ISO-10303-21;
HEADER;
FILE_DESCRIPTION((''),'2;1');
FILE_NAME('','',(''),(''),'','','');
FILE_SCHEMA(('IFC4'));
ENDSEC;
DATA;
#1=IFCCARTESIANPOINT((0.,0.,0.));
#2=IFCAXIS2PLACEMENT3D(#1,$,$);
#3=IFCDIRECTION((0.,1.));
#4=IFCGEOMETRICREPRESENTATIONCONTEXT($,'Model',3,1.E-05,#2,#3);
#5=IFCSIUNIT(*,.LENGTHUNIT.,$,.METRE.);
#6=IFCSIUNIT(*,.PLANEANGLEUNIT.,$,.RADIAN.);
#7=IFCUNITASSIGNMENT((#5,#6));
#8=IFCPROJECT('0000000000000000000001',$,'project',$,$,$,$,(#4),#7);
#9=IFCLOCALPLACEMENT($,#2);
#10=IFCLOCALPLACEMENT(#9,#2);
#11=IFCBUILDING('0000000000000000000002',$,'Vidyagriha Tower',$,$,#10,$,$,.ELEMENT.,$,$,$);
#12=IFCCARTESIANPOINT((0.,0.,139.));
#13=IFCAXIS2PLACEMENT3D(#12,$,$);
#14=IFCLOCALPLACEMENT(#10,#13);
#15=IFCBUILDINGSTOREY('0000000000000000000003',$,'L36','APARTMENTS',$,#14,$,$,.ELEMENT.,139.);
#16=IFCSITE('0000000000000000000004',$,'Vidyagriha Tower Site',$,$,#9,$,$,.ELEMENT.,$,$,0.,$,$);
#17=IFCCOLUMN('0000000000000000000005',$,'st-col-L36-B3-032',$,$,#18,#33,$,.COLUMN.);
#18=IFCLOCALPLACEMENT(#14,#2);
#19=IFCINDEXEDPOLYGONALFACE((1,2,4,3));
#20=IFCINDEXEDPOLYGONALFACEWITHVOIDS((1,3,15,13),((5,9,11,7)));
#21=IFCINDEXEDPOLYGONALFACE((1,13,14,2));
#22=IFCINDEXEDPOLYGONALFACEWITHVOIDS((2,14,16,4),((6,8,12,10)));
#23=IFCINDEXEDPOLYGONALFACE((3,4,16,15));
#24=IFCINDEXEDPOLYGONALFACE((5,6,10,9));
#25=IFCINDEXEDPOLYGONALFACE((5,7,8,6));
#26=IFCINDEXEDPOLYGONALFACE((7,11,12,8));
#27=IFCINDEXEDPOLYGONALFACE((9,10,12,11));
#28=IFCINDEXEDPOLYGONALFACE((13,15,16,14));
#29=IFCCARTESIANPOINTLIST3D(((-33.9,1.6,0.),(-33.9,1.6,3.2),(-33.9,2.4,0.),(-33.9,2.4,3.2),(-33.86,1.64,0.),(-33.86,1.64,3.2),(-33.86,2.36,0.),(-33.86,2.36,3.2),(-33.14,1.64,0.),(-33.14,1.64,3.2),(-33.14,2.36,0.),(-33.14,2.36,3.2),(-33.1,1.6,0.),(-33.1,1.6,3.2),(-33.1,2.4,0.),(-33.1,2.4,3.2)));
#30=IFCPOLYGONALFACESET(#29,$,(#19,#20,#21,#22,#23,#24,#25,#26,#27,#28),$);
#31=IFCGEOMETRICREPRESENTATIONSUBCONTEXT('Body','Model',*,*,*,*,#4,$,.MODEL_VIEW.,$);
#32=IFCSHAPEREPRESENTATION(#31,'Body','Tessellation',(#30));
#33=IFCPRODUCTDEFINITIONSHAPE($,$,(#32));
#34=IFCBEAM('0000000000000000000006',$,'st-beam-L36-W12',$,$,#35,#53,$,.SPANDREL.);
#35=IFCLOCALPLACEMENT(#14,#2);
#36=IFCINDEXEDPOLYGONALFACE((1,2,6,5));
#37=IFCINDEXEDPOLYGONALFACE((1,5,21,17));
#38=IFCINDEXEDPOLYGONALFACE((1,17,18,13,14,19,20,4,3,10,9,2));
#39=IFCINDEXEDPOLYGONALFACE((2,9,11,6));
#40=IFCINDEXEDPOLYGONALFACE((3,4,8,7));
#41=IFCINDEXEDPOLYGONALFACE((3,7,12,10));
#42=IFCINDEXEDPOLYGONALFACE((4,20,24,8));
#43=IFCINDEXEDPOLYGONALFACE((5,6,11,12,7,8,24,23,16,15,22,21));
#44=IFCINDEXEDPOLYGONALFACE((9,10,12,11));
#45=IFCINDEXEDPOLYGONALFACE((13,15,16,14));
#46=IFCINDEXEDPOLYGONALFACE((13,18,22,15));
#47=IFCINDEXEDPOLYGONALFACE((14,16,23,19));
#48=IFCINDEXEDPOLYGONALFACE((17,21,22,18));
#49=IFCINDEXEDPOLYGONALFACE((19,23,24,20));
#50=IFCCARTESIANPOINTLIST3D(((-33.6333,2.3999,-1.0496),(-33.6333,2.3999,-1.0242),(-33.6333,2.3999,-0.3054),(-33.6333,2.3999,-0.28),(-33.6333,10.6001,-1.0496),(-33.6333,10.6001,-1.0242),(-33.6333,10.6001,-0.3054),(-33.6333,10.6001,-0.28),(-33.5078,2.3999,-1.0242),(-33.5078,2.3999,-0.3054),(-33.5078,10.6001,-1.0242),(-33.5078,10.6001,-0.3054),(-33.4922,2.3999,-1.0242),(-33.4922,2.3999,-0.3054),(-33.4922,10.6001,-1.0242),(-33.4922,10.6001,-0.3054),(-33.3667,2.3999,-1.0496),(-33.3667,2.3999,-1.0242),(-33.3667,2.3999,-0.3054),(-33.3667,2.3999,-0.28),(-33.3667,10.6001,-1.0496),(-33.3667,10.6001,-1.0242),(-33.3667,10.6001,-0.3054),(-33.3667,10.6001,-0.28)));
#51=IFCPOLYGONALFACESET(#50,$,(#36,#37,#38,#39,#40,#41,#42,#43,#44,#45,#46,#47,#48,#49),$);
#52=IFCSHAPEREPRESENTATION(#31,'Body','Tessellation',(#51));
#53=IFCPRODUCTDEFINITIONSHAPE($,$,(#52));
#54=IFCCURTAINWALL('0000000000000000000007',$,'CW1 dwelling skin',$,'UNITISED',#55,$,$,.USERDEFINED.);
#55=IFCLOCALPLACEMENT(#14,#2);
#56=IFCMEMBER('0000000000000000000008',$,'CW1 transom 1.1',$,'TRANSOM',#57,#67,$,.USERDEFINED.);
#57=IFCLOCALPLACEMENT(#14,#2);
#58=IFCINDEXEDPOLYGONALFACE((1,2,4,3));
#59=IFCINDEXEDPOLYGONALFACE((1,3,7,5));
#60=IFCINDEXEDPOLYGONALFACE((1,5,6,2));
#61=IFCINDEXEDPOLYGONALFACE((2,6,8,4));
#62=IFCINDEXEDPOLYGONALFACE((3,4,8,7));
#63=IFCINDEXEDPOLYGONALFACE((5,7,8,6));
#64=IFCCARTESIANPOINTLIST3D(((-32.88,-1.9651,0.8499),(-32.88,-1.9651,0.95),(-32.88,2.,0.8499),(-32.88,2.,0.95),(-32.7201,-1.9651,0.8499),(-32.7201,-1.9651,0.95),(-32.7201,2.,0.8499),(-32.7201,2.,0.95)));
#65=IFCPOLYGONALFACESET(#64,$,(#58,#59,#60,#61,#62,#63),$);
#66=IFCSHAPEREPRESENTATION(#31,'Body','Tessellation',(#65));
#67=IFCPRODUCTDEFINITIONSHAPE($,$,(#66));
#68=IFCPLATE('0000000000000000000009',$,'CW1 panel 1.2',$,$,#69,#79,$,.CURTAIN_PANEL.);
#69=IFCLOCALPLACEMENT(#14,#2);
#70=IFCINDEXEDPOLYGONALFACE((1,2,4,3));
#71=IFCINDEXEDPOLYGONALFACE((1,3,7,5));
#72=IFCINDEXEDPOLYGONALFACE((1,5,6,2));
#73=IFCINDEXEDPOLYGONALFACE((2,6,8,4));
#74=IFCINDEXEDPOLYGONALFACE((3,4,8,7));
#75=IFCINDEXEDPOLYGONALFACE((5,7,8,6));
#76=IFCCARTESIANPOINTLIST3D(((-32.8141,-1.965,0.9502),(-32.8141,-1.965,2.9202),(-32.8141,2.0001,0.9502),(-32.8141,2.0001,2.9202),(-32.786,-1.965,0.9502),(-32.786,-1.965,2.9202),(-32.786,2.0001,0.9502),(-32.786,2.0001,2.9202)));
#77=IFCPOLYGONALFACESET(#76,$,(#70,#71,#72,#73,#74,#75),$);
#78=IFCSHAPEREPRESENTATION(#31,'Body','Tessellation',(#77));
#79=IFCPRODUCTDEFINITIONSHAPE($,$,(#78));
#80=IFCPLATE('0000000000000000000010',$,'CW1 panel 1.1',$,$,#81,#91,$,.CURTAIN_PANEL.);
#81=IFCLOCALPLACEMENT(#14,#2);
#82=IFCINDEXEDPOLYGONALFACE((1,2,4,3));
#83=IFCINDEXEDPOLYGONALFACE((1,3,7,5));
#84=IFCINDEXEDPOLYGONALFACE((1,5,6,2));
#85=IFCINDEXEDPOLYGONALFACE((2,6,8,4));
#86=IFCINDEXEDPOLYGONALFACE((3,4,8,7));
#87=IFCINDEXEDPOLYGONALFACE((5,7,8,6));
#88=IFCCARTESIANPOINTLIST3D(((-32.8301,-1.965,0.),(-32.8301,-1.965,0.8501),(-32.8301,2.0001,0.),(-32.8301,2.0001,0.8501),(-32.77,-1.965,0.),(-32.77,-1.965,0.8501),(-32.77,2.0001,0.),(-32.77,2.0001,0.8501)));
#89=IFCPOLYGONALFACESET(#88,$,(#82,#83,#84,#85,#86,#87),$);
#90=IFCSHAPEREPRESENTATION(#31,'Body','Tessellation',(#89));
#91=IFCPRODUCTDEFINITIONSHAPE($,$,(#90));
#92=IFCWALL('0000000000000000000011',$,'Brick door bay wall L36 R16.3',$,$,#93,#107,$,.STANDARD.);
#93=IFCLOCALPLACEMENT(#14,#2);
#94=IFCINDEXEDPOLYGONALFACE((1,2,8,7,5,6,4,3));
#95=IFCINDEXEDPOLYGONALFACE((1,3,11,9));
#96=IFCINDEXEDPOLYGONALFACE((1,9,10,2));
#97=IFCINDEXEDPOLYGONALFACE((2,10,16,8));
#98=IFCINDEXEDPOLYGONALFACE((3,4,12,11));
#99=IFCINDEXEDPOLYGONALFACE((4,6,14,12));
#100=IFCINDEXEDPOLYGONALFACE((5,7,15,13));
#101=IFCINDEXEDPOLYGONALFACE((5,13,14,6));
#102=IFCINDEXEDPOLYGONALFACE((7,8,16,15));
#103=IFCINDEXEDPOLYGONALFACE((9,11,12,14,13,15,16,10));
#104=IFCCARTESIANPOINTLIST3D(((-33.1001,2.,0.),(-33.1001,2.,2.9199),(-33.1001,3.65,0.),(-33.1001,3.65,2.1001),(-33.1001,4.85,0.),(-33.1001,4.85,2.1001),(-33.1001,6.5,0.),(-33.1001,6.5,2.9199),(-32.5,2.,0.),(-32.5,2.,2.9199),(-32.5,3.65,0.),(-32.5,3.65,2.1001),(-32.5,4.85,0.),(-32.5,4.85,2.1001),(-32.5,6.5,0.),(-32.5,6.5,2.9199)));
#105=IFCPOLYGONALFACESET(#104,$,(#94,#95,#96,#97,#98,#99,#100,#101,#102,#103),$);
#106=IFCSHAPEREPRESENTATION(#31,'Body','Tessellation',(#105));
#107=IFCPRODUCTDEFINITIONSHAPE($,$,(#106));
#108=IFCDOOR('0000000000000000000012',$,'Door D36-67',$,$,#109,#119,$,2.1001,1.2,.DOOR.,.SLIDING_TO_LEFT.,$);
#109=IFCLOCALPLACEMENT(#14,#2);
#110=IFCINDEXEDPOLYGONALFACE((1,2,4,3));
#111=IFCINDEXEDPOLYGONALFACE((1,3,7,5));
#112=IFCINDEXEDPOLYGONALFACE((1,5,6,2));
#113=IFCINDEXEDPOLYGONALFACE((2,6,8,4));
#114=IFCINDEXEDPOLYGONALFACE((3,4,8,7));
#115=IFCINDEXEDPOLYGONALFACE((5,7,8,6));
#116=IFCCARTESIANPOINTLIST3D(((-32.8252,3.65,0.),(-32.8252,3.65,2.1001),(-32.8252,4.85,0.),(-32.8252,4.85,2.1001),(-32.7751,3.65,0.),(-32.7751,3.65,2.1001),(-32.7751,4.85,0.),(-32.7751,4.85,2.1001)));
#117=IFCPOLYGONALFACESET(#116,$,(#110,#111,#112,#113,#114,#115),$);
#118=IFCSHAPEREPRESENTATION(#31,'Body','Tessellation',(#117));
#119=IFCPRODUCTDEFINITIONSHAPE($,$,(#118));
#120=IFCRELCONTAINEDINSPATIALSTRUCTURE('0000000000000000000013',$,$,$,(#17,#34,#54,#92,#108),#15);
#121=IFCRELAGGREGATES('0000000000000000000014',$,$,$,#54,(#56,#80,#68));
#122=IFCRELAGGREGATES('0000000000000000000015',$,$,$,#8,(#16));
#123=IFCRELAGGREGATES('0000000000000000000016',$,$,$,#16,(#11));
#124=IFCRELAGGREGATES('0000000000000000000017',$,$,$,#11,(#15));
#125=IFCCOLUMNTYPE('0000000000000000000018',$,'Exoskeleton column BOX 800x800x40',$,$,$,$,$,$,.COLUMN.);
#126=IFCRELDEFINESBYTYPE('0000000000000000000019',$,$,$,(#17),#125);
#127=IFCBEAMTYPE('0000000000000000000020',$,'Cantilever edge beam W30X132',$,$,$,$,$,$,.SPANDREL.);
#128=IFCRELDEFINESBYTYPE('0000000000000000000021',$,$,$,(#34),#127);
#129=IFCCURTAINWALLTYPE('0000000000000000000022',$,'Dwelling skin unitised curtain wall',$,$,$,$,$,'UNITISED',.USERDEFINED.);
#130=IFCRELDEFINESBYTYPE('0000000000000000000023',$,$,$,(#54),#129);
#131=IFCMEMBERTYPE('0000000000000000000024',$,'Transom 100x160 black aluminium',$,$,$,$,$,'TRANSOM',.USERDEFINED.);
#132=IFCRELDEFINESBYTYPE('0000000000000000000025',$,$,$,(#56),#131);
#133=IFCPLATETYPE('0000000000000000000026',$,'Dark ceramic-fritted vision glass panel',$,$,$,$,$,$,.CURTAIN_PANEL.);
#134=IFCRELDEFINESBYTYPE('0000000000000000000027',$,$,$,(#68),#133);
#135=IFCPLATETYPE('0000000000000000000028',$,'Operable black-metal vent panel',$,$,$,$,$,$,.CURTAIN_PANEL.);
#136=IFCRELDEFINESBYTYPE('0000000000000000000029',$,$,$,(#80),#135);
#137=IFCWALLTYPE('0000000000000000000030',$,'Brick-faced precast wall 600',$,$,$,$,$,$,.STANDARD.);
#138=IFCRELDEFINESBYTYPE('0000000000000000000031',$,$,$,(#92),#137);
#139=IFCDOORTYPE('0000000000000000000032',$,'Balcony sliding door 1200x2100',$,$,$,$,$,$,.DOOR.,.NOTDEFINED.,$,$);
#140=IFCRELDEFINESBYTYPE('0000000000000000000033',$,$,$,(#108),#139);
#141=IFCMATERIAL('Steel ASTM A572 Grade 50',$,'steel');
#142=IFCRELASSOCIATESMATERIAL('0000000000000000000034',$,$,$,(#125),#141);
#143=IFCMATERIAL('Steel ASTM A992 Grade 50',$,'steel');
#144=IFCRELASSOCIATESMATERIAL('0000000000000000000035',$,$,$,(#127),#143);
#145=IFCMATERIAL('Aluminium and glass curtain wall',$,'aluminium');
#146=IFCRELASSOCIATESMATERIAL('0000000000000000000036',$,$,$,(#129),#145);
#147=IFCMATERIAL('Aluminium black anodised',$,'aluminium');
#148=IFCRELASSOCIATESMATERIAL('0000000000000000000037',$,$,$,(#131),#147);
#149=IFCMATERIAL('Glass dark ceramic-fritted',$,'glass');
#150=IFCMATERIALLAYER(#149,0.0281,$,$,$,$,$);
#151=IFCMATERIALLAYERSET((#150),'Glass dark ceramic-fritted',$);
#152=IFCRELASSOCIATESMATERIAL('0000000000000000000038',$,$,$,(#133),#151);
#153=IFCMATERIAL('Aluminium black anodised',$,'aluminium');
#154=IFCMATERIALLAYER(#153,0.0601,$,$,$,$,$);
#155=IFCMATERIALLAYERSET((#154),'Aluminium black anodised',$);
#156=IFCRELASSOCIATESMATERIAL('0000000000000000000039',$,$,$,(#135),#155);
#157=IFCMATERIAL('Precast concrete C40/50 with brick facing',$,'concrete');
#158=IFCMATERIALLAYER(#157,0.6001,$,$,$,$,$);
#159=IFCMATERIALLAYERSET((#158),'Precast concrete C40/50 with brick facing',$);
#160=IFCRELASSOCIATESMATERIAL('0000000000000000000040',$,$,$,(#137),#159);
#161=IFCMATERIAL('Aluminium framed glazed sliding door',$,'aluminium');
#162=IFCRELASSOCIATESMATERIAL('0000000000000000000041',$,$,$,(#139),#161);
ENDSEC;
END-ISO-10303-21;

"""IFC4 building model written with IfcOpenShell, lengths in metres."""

from ifc_helpers import new_model, si_unit, direction, frame, frame_2d, origin, origin_2d, place, context, subcontext, project, spatial, rectangle, hollow_rectangle, i_section, extrude, material, layer, layer_set, material_profile, profile_set, type_object, element, fill, aggregate, save


model = new_model("IFC4")

# Units and contexts
model_context = context("Model", 3, precision=1e-05, world=origin(), true_north=direction((0.0, 1.0)))
body_context = subcontext(model_context, "Body", "Model", "MODEL_VIEW")
ifc_project = project(units=[si_unit("LENGTHUNIT", "METRE"), si_unit("PLANEANGLEUNIT", "RADIAN")], contexts=[model_context])

# Site, building, storey
site_placement = place(None, origin())
site = spatial("IfcSite", under=ifc_project, at=site_placement, Name="Vidyagriha Tower Site", CompositionType="ELEMENT", RefElevation=0.0)
building_placement = place(site_placement, origin())
building = spatial("IfcBuilding", under=site, at=building_placement, Name="Vidyagriha Tower", CompositionType="ELEMENT")
storey_placement = place(building_placement, frame((0.0, 0.0, 139.0)))
storey = spatial("IfcBuildingStorey", under=building, at=storey_placement, Name="L36", Description="APARTMENTS", CompositionType="ELEMENT", Elevation=139.0)

# Column
ifc_material_1 = material(Name="Steel ASTM A572 Grade 50", Category="steel")
ifc_material_profile_1 = material_profile(ifc_material_1, hollow_rectangle(XDim=0.8, YDim=0.8, WallThickness=0.04, at=origin_2d()), Name="BOX 800x800x40")
ifc_profile_set_1 = profile_set([ifc_material_profile_1], Name="Steel ASTM A572 Grade 50")
column_type = type_object("IfcColumnType", Name="Exoskeleton column BOX 800x800x40", PredefinedType="COLUMN", material=ifc_profile_set_1)
column_placement = place(storey_placement, frame((-33.5, 2.0, 0.0)))
element("IfcColumn", 1, at=column_placement, inside=storey, type_object=column_type, Name="st-col-L36-B3-032", PredefinedType="COLUMN", context=body_context, shape_type="SweptSolid", body=[
    extrude(hollow_rectangle(XDim=0.8, YDim=0.8, WallThickness=0.04, at=origin_2d()), origin(), (0.0, 0.0, 1.0), 3.2),
])

# Beam
ifc_material_2 = material(Name="Steel ASTM A992 Grade 50", Category="steel")
ifc_material_profile_2 = material_profile(ifc_material_2, i_section(OverallWidth=0.2666, OverallDepth=0.7695, WebThickness=0.0156, FlangeThickness=0.0254, at=origin_2d()), Name="W30X132")
ifc_profile_set_2 = profile_set([ifc_material_profile_2], Name="Steel ASTM A992 Grade 50")
beam_type = type_object("IfcBeamType", Name="Cantilever edge beam W30X132", PredefinedType="SPANDREL", material=ifc_profile_set_2)
beam_placement = place(storey_placement, frame((-33.5, 2.3999, -0.6648), z_axis=(0.0, 1.0, 0.0), x_axis=(-1.0, 0.0, 0.0)))
element("IfcBeam", 2, at=beam_placement, inside=storey, type_object=beam_type, Name="st-beam-L36-W12", PredefinedType="SPANDREL", context=body_context, shape_type="SweptSolid", body=[
    extrude(i_section(OverallWidth=0.2666, OverallDepth=0.7695, WebThickness=0.0156, FlangeThickness=0.0254, at=origin_2d()), origin(), (0.0, 0.0, 1.0), 8.2002),
])

# Curtain wall, member, plates
ifc_material_3 = material(Name="Aluminium and glass curtain wall", Category="aluminium")
curtain_wall_type = type_object("IfcCurtainWallType", Name="Dwelling skin unitised curtain wall", ElementType="UNITISED", PredefinedType="USERDEFINED", material=ifc_material_3)
curtain_wall_placement = place(storey_placement, origin())
curtain_wall = element("IfcCurtainWall", 3, at=curtain_wall_placement, inside=storey, type_object=curtain_wall_type, Name="CW1 dwelling skin", ObjectType="UNITISED", PredefinedType="USERDEFINED")
ifc_material_4 = material(Name="Aluminium black anodised", Category="aluminium")
ifc_material_profile_3 = material_profile(ifc_material_4, rectangle(XDim=0.1599, YDim=0.1001, at=origin_2d()), Name="Transom 100x160 black aluminium")
ifc_profile_set_3 = profile_set([ifc_material_profile_3], Name="Aluminium black anodised")
member_type = type_object("IfcMemberType", Name="Transom 100x160 black aluminium", ElementType="TRANSOM", PredefinedType="USERDEFINED", material=ifc_profile_set_3)
member_placement = place(storey_placement, frame((-32.8, 2.0, 0.8999), z_axis=(0.0, -1.0, 0.0), x_axis=(1.0, 0.0, 0.0)))
member = element("IfcMember", 4, at=member_placement, type_object=member_type, Name="CW1 transom 1.1", ObjectType="TRANSOM", PredefinedType="USERDEFINED", context=body_context, shape_type="SweptSolid", body=[
    extrude(rectangle(XDim=0.1599, YDim=0.1001, at=origin_2d()), origin(), (0.0, 0.0, 1.0), 3.9651),
])
ifc_material_5 = material(Name="Glass dark ceramic-fritted", Category="glass")
ifc_layer_1 = layer(ifc_material_5, 0.0281)
ifc_layer_set_1 = layer_set([ifc_layer_1], Name="Glass dark ceramic-fritted")
plate_type_1 = type_object("IfcPlateType", Name="Dark ceramic-fritted vision glass panel", PredefinedType="CURTAIN_PANEL", material=ifc_layer_set_1)
plate_1_placement = place(storey_placement, frame((-32.8, 0.0176, 0.9502), z_axis=(0.0, 0.0, 1.0), x_axis=(0.0, -1.0, 0.0)))
plate_1 = element("IfcPlate", 5, at=plate_1_placement, type_object=plate_type_1, Name="CW1 panel 1.2", PredefinedType="CURTAIN_PANEL", context=body_context, shape_type="SweptSolid", body=[
    extrude(rectangle(XDim=3.9651, YDim=0.0281, at=origin_2d()), origin(), (0.0, 0.0, 1.0), 1.97),
])
ifc_material_6 = material(Name="Aluminium black anodised", Category="aluminium")
ifc_layer_2 = layer(ifc_material_6, 0.0601)
ifc_layer_set_2 = layer_set([ifc_layer_2], Name="Aluminium black anodised")
plate_type_2 = type_object("IfcPlateType", Name="Operable black-metal vent panel", PredefinedType="CURTAIN_PANEL", material=ifc_layer_set_2)
plate_2_placement = place(storey_placement, frame((-32.8, 0.0176, 0.0), z_axis=(0.0, 0.0, 1.0), x_axis=(0.0, -1.0, 0.0)))
plate_2 = element("IfcPlate", 6, at=plate_2_placement, type_object=plate_type_2, Name="CW1 panel 1.1", PredefinedType="CURTAIN_PANEL", context=body_context, shape_type="SweptSolid", body=[
    extrude(rectangle(XDim=3.9651, YDim=0.0601, at=origin_2d()), origin(), (0.0, 0.0, 1.0), 0.8501),
])
aggregate(curtain_wall, [member, plate_2, plate_1])

# Wall, opening, door
ifc_material_7 = material(Name="Precast concrete C40/50 with brick facing", Category="concrete")
ifc_layer_3 = layer(ifc_material_7, 0.6001)
ifc_layer_set_3 = layer_set([ifc_layer_3], Name="Precast concrete C40/50 with brick facing")
wall_type = type_object("IfcWallType", Name="Brick-faced precast wall 600", PredefinedType="STANDARD", material=ifc_layer_set_3)
wall_placement = place(storey_placement, frame((-32.8, 6.5, 0.0), z_axis=(0.0, 0.0, 1.0), x_axis=(0.0, -1.0, 0.0)))
wall = element("IfcWall", 7, at=wall_placement, inside=storey, type_object=wall_type, Name="Brick door bay wall L36 R16.3", PredefinedType="STANDARD", context=body_context, shape_type="SweptSolid", body=[
    extrude(rectangle(XDim=4.5, YDim=0.6001, at=frame_2d((2.25, 0.0))), origin(), (0.0, 0.0, 1.0), 2.9199),
])
opening_placement = place(wall_placement, frame((1.6499, 0.0, 0.0)))
opening = element("IfcOpeningElement", 8, at=opening_placement, cuts=wall, PredefinedType="OPENING", context=body_context, shape_type="SweptSolid", body=[
    extrude(rectangle(XDim=1.2, YDim=2.1001, at=frame_2d((0.6001, 1.05))), frame((0.0, 0.3101, 0.0), z_axis=(0.0, -1.0, 0.0), x_axis=(1.0, 0.0, 0.0)), (0.0, 0.0, 1.0), 0.6201),
])
ifc_material_8 = material(Name="Aluminium framed glazed sliding door", Category="aluminium")
door_type = type_object("IfcDoorType", Name="Balcony sliding door 1200x2100", OperationType="NOTDEFINED", PredefinedType="DOOR", material=ifc_material_8)
door_placement = place(opening_placement, origin())
door = element("IfcDoor", 9, at=door_placement, inside=storey, type_object=door_type, Name="Door D36-67", OperationType="SLIDING_TO_LEFT", OverallHeight=2.1001, OverallWidth=1.2, PredefinedType="DOOR", context=body_context, shape_type="SweptSolid", body=[
    extrude(rectangle(XDim=1.2, YDim=2.1001, at=frame_2d((0.6001, 1.05))), frame((0.0, 0.0249, 0.0), z_axis=(0.0, -1.0, 0.0), x_axis=(1.0, 0.0, 0.0)), (0.0, 0.0, 1.0), 0.05),
])
fill(opening, door)

save(model, "model.ifc")
